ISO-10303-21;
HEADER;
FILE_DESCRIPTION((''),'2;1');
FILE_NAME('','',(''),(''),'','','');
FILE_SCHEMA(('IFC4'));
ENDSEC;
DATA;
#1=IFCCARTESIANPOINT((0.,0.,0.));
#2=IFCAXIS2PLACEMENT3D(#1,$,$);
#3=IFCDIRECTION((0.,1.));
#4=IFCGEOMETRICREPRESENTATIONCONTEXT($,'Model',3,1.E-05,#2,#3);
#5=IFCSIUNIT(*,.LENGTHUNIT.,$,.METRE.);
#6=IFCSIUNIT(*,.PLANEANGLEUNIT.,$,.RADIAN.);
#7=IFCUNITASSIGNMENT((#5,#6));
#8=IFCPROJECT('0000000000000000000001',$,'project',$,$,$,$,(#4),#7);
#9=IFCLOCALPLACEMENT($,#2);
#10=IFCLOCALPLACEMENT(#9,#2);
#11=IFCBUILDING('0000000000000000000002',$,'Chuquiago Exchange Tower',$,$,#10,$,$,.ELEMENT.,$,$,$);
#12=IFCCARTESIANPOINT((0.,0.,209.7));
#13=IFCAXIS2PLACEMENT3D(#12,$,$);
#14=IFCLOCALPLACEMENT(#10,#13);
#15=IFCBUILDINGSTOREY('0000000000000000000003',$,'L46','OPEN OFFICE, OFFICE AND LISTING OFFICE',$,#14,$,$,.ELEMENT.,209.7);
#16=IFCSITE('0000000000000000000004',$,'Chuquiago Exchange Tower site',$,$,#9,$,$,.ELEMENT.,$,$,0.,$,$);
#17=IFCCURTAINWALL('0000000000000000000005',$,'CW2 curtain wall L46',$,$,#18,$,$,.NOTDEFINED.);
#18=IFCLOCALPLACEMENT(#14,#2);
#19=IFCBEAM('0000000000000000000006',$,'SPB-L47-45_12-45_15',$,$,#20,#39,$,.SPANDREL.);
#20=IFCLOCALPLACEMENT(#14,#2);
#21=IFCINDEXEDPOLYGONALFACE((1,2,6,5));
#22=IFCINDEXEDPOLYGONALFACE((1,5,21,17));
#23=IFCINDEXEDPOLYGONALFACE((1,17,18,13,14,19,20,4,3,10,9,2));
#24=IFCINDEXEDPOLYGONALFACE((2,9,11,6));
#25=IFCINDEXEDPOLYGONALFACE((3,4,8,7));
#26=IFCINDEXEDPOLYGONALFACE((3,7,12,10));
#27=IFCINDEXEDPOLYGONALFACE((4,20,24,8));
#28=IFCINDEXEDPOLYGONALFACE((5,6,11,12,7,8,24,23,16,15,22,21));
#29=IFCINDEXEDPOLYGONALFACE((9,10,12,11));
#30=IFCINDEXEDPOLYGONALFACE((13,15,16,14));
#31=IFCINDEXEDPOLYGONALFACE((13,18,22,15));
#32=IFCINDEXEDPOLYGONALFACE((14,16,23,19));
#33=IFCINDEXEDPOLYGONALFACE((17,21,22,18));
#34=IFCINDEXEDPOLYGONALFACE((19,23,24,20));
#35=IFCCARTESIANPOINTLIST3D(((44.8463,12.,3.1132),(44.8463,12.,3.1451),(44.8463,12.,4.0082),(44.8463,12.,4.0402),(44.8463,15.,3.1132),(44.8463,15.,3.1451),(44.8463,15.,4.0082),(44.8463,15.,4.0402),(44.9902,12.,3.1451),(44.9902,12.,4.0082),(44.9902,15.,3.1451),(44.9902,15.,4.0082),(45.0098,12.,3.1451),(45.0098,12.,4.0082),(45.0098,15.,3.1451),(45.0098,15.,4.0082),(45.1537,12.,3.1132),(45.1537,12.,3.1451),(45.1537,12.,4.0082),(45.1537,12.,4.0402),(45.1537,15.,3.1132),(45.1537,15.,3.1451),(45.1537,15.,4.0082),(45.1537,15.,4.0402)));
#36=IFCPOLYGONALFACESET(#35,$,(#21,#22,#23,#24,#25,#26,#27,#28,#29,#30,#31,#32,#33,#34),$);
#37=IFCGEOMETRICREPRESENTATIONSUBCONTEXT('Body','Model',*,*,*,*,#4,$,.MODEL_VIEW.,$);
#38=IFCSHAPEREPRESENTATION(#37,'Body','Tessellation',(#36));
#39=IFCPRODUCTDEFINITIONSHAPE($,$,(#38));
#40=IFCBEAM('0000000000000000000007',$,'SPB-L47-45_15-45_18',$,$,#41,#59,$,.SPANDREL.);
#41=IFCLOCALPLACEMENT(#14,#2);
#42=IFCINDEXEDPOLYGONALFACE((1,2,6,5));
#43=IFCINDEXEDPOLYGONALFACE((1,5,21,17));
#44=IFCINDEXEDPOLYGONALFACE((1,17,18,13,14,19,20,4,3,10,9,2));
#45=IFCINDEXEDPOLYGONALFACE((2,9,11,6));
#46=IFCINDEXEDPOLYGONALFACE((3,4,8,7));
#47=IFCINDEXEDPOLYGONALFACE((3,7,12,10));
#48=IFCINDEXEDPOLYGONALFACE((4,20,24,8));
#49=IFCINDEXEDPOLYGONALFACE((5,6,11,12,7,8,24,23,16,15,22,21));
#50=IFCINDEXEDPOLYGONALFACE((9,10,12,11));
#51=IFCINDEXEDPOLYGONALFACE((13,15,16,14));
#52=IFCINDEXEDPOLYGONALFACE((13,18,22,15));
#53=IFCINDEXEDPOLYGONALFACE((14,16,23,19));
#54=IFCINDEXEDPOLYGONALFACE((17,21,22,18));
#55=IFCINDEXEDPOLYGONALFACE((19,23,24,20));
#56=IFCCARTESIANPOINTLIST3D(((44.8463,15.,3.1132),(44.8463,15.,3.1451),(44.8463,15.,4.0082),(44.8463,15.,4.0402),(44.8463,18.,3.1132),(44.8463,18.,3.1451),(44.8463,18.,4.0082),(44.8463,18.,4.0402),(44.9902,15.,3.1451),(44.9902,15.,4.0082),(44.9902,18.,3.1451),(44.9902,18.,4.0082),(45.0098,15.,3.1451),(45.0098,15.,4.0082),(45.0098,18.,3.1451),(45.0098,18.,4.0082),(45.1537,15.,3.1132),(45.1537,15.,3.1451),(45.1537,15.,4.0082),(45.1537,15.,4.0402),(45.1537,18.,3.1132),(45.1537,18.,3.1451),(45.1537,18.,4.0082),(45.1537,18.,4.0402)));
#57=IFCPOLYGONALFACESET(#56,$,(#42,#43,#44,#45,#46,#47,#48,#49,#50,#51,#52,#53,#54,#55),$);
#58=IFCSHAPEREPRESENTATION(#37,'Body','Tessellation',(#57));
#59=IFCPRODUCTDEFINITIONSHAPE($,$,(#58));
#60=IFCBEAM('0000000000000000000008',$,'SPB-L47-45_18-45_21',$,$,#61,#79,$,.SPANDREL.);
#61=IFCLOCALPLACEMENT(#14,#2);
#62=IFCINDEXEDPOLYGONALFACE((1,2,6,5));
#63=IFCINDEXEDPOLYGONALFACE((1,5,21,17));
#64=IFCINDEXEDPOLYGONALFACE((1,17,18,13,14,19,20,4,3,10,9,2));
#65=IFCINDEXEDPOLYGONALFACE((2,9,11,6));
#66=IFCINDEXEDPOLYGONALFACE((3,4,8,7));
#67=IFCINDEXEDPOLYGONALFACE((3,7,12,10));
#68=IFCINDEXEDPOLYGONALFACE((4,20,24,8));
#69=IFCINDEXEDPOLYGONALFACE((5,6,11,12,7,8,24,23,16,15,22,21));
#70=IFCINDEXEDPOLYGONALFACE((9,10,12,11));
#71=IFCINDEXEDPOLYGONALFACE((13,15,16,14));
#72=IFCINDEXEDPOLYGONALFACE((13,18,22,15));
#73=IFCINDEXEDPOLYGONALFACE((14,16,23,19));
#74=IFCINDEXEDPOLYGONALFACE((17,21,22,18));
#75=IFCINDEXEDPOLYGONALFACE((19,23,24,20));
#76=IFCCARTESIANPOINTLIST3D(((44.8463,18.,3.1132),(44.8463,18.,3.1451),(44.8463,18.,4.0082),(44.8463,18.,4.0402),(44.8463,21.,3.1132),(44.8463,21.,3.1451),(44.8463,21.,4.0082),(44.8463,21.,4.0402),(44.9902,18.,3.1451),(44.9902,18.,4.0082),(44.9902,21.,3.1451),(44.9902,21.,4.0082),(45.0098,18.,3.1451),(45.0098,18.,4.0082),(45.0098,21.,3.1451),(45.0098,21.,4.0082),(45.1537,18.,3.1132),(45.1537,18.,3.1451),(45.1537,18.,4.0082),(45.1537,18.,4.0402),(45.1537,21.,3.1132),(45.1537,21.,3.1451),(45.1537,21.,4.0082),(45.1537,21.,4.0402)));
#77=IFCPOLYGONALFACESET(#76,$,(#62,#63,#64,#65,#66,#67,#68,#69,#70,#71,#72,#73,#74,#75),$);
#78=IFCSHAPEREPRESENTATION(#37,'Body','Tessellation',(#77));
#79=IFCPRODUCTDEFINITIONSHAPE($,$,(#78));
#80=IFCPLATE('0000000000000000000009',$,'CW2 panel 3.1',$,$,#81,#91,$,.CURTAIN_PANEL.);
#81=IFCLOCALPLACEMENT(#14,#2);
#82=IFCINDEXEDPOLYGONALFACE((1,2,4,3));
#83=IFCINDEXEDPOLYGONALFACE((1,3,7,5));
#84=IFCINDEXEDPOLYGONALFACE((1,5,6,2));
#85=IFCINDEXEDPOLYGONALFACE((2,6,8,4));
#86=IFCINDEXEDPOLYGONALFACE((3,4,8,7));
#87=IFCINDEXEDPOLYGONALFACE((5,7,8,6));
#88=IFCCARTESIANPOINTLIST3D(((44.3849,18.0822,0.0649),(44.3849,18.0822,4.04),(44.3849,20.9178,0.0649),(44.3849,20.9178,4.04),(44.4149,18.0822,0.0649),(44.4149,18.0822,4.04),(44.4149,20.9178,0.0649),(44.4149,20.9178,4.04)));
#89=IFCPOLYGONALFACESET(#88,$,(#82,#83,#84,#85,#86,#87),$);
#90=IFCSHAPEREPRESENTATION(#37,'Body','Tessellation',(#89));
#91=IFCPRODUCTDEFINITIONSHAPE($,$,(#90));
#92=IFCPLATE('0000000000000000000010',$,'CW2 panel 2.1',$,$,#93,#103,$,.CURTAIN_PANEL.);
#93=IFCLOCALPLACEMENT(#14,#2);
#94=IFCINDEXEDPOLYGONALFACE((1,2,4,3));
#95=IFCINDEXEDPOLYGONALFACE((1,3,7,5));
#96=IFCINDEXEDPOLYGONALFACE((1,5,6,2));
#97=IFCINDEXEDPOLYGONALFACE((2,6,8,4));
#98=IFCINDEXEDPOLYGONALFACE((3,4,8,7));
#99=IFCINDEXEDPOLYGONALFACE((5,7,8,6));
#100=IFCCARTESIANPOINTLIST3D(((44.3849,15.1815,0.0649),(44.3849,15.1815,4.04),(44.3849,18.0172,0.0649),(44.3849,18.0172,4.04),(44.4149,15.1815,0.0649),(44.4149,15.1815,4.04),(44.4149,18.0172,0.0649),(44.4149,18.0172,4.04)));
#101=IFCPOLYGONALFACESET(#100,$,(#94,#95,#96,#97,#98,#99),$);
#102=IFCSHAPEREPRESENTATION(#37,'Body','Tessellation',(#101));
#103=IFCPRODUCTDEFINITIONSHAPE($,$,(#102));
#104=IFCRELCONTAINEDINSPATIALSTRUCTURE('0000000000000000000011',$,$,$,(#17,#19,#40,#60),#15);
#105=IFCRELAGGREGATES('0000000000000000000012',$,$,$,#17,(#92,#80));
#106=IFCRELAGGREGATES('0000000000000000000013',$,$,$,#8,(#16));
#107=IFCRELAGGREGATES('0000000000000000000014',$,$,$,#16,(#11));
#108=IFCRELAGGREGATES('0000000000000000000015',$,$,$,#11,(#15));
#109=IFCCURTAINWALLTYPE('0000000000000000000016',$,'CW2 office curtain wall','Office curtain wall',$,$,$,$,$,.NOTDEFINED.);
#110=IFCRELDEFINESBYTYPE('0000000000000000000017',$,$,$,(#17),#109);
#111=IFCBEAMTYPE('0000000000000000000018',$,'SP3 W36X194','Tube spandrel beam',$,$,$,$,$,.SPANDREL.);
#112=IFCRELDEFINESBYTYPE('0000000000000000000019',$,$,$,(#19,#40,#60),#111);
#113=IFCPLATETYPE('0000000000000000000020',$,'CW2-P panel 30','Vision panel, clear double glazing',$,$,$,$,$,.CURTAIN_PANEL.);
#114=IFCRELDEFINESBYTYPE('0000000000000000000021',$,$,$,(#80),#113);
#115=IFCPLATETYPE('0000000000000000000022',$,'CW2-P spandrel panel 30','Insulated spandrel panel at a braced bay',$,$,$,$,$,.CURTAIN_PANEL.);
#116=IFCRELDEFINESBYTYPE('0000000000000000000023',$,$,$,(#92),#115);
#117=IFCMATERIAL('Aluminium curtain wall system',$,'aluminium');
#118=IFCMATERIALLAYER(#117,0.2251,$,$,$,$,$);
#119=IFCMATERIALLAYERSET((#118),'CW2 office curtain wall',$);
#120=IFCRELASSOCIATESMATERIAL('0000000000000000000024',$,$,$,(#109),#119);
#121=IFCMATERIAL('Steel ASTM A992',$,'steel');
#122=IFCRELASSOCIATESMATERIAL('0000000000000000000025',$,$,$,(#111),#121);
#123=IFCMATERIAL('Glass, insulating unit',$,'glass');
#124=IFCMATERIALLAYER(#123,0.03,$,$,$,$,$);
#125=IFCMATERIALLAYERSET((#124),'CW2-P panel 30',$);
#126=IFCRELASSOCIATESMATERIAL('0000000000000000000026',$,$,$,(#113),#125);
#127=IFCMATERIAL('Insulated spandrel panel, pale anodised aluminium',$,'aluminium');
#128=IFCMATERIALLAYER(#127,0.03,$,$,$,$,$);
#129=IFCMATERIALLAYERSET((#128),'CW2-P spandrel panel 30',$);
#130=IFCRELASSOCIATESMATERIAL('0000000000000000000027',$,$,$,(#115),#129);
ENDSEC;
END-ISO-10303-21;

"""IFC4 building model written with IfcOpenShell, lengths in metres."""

from ifc_helpers import new_model, si_unit, direction, frame, origin, origin_2d, place, context, subcontext, project, spatial, rectangle, i_section, extrude, material, layer, layer_set, material_profile, profile_set, type_object, element, aggregate, save


model = new_model("IFC4")

# Units and contexts
model_context = context("Model", 3, precision=1e-05, world=origin(), true_north=direction((0.0, 1.0)))
body_context = subcontext(model_context, "Body", "Model", "MODEL_VIEW")
ifc_project = project(units=[si_unit("LENGTHUNIT", "METRE"), si_unit("PLANEANGLEUNIT", "RADIAN")], contexts=[model_context])

# Site, building, storey
site_placement = place(None, origin())
site = spatial("IfcSite", under=ifc_project, at=site_placement, Name="Chuquiago Exchange Tower site", CompositionType="ELEMENT", RefElevation=0.0)
building_placement = place(site_placement, origin())
building = spatial("IfcBuilding", under=site, at=building_placement, Name="Chuquiago Exchange Tower", CompositionType="ELEMENT")
storey_placement = place(building_placement, frame((0.0, 0.0, 209.7)))
storey = spatial("IfcBuildingStorey", under=building, at=storey_placement, Name="L46", Description="OPEN OFFICE, OFFICE AND LISTING OFFICE", CompositionType="ELEMENT", Elevation=209.7)

# Curtain wall
ifc_material_1 = material(Name="Aluminium curtain wall system", Category="aluminium")
ifc_layer_1 = layer(ifc_material_1, 0.2251)
ifc_layer_set_1 = layer_set([ifc_layer_1], Name="CW2 office curtain wall")
curtain_wall_type = type_object("IfcCurtainWallType", Name="CW2 office curtain wall", Description="Office curtain wall", PredefinedType="NOTDEFINED", material=ifc_layer_set_1)
curtain_wall_placement = place(storey_placement, origin())
curtain_wall = element("IfcCurtainWall", 1, at=curtain_wall_placement, inside=storey, type_object=curtain_wall_type, Name="CW2 curtain wall L46", PredefinedType="NOTDEFINED")

# Beams
ifc_material_2 = material(Name="Steel ASTM A992", Category="steel")
ifc_material_profile_1 = material_profile(ifc_material_2, i_section(OverallWidth=0.3074, OverallDepth=0.927, WebThickness=0.0195, FlangeThickness=0.032, at=origin_2d()), Name="W36X194")
ifc_profile_set_1 = profile_set([ifc_material_profile_1], Name="Steel ASTM A992")
beam_type = type_object("IfcBeamType", Name="SP3 W36X194", Description="Tube spandrel beam", PredefinedType="SPANDREL", material=ifc_profile_set_1)
for number, where, z_axis, x_axis, name in (
    (2, (45.0, 12.0, 3.5767), (0.0, 1.0, 0.0), (-1.0, 0.0, 0.0), "SPB-L47-45_12-45_15"),
    (3, (45.0, 15.0, 3.5767), (0.0, 1.0, 0.0), (-1.0, 0.0, 0.0), "SPB-L47-45_15-45_18"),
    (4, (45.0, 18.0, 3.5767), (0.0, 1.0, 0.0), (-1.0, 0.0, 0.0), "SPB-L47-45_18-45_21"),
):
    element("IfcBeam", number, at=place(storey_placement, frame(where, z_axis=z_axis, x_axis=x_axis)), inside=storey, type_object=beam_type, Name=name, PredefinedType="SPANDREL", context=body_context, shape_type="SweptSolid", body=[
        extrude(i_section(OverallWidth=0.3074, OverallDepth=0.927, WebThickness=0.0195, FlangeThickness=0.032, at=origin_2d()), origin(), (0.0, 0.0, 1.0), 3.0),
    ])

# Plates
ifc_material_3 = material(Name="Glass, insulating unit", Category="glass")
ifc_layer_2 = layer(ifc_material_3, 0.03)
ifc_layer_set_2 = layer_set([ifc_layer_2], Name="CW2-P panel 30")
plate_type_1 = type_object("IfcPlateType", Name="CW2-P panel 30", Description="Vision panel, clear double glazing", PredefinedType="CURTAIN_PANEL", material=ifc_layer_set_2)
plate_1_placement = place(storey_placement, frame((44.3999, 19.5, 0.0649), z_axis=(0.0, 0.0, 1.0), x_axis=(0.0, 1.0, 0.0)))
plate_1 = element("IfcPlate", 5, at=plate_1_placement, type_object=plate_type_1, Name="CW2 panel 3.1", PredefinedType="CURTAIN_PANEL", context=body_context, shape_type="SweptSolid", body=[
    extrude(rectangle(XDim=2.8357, YDim=0.03, at=origin_2d()), origin(), (0.0, 0.0, 1.0), 3.9751),
])
ifc_material_4 = material(Name="Insulated spandrel panel, pale anodised aluminium", Category="aluminium")
ifc_layer_3 = layer(ifc_material_4, 0.03)
ifc_layer_set_3 = layer_set([ifc_layer_3], Name="CW2-P spandrel panel 30")
plate_type_2 = type_object("IfcPlateType", Name="CW2-P spandrel panel 30", Description="Insulated spandrel panel at a braced bay", PredefinedType="CURTAIN_PANEL", material=ifc_layer_set_3)
plate_2_placement = place(storey_placement, frame((44.3999, 16.5994, 0.0649), z_axis=(0.0, 0.0, 1.0), x_axis=(0.0, 1.0, 0.0)))
plate_2 = element("IfcPlate", 6, at=plate_2_placement, type_object=plate_type_2, Name="CW2 panel 2.1", PredefinedType="CURTAIN_PANEL", context=body_context, shape_type="SweptSolid", body=[
    extrude(rectangle(XDim=2.8357, YDim=0.03, at=origin_2d()), origin(), (0.0, 0.0, 1.0), 3.9751),
])
aggregate(curtain_wall, [plate_2, plate_1])

save(model, "model.ifc")
